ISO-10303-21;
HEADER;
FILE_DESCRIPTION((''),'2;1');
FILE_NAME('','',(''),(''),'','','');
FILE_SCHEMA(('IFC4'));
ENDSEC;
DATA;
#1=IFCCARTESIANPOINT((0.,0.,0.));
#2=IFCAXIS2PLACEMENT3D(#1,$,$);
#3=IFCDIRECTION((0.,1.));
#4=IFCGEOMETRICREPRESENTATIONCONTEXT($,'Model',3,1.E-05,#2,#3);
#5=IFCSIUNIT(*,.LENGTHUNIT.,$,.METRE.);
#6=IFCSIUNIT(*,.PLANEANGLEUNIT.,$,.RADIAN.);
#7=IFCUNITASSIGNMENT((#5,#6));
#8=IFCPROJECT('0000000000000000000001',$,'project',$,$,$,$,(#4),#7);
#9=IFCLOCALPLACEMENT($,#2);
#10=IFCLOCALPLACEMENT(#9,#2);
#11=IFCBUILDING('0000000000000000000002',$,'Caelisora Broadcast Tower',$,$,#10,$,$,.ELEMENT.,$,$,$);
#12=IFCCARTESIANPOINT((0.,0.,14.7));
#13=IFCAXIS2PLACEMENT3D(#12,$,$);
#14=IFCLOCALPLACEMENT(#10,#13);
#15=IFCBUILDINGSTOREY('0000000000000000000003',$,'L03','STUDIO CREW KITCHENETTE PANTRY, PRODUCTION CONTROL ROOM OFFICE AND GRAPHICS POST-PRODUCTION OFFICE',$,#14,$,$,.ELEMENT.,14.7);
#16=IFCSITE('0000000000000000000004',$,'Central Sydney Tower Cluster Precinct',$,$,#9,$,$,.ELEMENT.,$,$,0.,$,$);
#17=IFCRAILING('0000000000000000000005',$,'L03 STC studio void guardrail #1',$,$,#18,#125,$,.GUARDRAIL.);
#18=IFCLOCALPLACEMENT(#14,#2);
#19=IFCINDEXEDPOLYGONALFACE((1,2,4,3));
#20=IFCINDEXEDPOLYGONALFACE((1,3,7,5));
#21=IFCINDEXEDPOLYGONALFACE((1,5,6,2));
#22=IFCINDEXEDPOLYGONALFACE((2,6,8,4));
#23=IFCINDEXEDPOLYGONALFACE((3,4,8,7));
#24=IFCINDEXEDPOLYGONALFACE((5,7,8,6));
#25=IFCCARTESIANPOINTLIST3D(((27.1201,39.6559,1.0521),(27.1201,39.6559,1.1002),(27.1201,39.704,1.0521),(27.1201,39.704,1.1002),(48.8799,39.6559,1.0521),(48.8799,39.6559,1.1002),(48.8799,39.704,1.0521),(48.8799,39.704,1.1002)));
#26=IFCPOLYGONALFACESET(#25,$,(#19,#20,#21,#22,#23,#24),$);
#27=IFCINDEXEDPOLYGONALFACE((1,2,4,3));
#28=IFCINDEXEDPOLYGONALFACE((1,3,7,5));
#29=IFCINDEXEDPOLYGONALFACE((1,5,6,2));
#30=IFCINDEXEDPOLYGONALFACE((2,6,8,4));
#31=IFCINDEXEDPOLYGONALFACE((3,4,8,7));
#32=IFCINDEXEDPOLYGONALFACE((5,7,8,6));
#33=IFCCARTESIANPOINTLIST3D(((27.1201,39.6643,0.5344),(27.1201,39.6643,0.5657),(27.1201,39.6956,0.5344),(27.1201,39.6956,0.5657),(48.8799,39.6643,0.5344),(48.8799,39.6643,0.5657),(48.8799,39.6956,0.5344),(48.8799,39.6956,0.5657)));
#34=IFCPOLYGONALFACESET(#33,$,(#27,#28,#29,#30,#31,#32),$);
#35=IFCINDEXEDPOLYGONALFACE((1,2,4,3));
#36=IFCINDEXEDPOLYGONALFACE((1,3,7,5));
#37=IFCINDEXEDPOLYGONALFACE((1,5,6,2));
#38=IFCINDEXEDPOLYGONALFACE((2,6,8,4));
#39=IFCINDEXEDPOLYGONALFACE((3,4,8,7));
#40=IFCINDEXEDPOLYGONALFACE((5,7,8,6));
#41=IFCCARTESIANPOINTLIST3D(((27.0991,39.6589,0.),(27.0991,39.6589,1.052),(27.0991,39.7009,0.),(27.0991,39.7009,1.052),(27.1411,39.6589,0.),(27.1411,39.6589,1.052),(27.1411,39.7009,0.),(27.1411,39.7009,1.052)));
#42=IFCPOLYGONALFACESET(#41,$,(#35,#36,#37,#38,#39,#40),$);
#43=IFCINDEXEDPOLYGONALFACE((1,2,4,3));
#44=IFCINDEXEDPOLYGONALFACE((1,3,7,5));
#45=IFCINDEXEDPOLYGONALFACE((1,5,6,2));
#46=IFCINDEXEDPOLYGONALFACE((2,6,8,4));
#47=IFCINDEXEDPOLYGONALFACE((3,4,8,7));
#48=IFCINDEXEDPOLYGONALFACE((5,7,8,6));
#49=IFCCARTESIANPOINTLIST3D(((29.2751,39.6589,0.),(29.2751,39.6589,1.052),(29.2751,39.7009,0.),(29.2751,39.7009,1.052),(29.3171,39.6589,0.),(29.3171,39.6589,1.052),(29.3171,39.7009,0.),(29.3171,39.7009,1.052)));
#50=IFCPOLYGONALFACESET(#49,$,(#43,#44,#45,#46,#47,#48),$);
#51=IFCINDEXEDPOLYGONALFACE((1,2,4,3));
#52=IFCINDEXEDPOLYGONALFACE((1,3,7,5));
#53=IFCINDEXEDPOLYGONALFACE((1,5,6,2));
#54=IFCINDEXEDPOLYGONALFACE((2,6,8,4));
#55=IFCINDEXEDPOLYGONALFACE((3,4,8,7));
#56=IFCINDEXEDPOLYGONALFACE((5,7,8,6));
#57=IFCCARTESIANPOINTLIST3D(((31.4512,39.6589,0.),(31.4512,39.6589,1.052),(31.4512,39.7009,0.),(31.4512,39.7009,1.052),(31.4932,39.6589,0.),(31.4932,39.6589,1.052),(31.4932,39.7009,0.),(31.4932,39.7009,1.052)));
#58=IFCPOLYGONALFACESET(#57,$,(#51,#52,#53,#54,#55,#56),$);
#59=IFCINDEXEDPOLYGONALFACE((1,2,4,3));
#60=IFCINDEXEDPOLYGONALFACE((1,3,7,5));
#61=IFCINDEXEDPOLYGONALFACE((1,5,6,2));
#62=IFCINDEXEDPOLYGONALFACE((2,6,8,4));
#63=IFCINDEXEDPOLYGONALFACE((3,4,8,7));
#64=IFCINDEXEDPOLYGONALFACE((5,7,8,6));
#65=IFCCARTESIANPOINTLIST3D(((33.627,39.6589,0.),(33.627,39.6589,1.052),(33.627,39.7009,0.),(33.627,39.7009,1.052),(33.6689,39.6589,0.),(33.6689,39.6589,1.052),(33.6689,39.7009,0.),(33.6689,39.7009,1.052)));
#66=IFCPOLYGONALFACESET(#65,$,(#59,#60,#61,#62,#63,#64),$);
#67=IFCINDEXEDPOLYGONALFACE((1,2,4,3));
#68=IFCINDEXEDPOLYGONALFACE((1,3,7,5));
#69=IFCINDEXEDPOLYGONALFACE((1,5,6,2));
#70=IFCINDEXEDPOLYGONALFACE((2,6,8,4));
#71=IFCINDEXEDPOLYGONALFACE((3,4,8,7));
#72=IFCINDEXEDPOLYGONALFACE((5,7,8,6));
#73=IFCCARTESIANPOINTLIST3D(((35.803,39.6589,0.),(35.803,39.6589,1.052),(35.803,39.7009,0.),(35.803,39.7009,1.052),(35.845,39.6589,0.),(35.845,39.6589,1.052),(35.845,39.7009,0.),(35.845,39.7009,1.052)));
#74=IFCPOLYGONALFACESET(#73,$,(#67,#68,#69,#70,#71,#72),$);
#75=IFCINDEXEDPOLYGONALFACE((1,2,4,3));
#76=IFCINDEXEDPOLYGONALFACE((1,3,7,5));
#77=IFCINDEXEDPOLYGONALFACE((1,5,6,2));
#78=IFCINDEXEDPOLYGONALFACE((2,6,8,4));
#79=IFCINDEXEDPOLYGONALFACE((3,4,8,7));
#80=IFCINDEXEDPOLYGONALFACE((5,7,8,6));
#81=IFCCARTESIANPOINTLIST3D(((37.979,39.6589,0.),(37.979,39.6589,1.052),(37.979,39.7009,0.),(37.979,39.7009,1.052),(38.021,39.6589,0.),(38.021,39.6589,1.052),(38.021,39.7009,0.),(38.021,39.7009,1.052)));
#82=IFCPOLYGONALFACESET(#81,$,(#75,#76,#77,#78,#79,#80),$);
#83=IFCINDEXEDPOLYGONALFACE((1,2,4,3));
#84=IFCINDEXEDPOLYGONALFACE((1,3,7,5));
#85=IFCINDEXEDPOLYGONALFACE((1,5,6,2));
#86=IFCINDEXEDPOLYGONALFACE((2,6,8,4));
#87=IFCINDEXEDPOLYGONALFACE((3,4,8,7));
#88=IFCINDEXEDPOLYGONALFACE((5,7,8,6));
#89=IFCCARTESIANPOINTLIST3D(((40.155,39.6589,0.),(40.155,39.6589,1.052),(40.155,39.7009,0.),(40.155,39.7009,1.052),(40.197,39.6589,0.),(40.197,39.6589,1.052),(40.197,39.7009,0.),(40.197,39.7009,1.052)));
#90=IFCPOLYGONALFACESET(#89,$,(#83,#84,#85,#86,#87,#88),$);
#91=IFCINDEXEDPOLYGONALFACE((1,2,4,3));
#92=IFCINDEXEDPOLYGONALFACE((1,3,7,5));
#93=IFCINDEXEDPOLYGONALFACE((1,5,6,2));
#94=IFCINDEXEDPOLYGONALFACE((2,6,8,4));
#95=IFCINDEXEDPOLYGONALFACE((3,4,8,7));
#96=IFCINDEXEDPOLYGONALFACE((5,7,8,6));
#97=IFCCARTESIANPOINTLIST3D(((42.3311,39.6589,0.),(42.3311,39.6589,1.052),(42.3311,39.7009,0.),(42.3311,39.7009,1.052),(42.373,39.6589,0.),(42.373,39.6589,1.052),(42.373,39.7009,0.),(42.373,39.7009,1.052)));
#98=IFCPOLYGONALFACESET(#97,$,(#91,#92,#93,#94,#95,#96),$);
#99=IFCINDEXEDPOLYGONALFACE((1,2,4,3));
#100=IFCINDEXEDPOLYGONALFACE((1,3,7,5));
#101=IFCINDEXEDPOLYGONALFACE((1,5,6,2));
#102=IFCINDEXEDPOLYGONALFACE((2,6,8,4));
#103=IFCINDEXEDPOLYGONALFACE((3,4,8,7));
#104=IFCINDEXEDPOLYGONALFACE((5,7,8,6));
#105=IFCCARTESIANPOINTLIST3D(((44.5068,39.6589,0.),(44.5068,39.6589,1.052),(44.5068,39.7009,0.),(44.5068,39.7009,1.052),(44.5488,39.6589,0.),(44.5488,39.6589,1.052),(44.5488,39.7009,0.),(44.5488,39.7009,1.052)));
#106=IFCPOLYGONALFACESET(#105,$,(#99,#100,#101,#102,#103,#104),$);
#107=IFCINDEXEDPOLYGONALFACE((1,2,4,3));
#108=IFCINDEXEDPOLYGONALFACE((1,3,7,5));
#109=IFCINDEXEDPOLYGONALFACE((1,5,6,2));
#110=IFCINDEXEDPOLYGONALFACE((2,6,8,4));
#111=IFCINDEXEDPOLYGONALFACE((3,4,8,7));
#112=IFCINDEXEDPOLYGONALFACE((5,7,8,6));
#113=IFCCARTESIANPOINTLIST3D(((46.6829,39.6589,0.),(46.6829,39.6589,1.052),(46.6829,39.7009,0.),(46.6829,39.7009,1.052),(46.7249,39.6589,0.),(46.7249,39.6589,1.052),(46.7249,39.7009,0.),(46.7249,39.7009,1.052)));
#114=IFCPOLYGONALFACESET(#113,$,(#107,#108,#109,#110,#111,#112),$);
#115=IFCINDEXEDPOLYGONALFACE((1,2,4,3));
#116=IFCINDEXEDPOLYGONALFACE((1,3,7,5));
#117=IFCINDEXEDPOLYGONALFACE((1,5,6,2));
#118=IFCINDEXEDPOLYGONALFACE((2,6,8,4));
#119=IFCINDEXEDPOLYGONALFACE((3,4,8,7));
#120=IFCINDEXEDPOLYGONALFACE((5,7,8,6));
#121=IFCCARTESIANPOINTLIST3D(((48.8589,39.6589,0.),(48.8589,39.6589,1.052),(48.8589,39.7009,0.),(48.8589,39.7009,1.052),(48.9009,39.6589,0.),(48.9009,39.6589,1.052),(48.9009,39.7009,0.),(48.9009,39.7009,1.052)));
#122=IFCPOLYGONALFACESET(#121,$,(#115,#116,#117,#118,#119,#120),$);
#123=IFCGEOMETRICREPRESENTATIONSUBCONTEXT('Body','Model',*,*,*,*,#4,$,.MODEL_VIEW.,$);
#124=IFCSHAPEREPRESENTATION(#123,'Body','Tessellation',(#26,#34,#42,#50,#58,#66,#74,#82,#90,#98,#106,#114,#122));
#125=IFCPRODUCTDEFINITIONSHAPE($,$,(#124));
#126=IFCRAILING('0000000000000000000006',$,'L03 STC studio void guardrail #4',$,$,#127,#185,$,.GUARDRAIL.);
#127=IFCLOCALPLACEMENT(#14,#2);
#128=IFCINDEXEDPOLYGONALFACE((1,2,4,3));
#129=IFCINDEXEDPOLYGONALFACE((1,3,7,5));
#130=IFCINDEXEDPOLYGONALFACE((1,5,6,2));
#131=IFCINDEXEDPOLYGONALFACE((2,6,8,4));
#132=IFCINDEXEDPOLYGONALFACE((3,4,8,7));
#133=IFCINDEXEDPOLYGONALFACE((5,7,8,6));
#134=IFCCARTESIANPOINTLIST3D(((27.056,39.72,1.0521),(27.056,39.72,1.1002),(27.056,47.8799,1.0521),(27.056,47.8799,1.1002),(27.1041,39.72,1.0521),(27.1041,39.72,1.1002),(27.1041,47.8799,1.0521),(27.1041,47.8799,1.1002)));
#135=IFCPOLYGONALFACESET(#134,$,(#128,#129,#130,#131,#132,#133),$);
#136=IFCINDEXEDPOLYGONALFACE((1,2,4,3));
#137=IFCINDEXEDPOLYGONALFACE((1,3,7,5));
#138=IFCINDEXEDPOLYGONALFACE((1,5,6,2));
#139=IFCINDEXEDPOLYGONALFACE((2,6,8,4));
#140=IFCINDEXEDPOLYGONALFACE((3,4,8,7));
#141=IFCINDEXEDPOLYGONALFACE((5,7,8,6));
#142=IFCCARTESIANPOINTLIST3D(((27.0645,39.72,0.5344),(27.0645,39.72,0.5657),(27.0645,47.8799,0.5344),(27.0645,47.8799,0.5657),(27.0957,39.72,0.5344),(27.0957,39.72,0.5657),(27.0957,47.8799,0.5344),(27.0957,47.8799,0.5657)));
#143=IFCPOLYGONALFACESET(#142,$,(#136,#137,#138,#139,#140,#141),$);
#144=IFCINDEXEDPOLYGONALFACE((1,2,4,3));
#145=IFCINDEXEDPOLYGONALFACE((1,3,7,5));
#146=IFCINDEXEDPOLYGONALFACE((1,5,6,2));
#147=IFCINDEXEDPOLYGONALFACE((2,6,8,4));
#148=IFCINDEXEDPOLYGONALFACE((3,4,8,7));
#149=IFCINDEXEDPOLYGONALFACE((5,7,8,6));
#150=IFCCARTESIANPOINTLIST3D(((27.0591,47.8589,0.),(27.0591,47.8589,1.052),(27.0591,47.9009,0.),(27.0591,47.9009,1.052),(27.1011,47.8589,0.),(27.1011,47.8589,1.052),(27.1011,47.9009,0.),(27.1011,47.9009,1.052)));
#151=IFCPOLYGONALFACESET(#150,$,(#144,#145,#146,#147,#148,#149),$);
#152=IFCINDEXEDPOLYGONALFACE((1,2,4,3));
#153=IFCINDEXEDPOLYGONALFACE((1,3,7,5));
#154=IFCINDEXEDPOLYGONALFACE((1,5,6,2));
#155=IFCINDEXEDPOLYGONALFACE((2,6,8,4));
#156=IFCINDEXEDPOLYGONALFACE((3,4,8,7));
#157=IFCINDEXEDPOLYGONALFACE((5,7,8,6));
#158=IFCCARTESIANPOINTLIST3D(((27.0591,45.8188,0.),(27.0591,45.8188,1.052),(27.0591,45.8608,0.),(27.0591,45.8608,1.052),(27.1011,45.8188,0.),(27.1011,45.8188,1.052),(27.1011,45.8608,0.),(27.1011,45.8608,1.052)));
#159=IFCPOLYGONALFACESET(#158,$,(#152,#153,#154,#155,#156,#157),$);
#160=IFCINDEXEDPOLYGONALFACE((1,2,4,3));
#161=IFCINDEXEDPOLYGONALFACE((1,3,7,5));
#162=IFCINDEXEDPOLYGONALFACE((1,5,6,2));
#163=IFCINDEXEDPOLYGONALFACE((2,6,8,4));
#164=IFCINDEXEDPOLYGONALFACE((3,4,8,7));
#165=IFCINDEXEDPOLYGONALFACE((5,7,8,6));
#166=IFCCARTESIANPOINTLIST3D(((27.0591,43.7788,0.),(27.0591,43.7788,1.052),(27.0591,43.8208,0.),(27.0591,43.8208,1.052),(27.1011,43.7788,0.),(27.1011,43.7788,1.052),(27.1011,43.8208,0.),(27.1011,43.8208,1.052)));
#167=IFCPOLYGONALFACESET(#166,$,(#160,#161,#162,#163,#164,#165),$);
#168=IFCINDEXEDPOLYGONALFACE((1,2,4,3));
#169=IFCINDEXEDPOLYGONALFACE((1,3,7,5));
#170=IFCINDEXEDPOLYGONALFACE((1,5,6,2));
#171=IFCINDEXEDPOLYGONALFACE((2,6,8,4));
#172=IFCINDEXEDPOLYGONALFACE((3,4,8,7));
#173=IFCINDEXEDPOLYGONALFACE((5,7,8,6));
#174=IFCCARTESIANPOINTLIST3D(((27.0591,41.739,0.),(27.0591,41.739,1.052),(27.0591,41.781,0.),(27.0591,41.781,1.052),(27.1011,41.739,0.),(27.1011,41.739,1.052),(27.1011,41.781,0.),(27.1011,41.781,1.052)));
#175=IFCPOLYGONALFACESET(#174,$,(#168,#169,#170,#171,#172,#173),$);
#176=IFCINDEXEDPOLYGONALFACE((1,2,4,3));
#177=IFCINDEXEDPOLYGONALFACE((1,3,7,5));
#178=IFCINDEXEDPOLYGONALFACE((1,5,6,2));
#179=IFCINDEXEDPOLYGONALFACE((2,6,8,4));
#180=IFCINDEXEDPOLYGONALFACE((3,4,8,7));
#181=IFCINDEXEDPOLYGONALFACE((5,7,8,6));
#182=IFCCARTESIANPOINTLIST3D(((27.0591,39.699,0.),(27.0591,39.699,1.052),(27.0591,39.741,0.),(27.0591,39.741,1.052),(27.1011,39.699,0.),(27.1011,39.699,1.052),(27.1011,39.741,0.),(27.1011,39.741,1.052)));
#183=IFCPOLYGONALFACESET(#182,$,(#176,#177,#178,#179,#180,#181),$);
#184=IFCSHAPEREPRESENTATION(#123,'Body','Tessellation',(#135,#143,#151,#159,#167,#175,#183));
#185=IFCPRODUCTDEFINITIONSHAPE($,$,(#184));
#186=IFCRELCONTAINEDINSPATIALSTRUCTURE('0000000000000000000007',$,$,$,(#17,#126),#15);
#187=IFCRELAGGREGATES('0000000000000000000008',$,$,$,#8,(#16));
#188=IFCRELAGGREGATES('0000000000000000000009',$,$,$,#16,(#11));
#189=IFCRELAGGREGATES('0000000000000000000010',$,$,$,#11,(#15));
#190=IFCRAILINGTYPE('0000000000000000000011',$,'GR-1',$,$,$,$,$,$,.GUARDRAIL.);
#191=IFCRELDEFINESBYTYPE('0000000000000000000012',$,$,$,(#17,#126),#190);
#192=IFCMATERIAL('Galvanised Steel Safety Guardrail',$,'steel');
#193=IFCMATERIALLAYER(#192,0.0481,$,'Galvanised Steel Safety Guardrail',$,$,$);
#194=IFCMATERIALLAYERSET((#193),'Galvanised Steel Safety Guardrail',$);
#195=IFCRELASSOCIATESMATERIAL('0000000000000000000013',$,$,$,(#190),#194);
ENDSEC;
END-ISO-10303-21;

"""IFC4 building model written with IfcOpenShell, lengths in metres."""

from ifc_helpers import new_model, si_unit, direction, frame, origin, origin_2d, place, context, subcontext, project, spatial, rectangle, extrude, material, layer, layer_set, type_object, element, save


model = new_model("IFC4")

# Units and contexts
model_context = context("Model", 3, precision=1e-05, world=origin(), true_north=direction((0.0, 1.0)))
body_context = subcontext(model_context, "Body", "Model", "MODEL_VIEW")
ifc_project = project(units=[si_unit("LENGTHUNIT", "METRE"), si_unit("PLANEANGLEUNIT", "RADIAN")], contexts=[model_context])

# Site, building, storey
site_placement = place(None, origin())
site = spatial("IfcSite", under=ifc_project, at=site_placement, Name="Central Sydney Tower Cluster Precinct", CompositionType="ELEMENT", RefElevation=0.0)
building_placement = place(site_placement, origin())
building = spatial("IfcBuilding", under=site, at=building_placement, Name="Caelisora Broadcast Tower", CompositionType="ELEMENT")
storey_placement = place(building_placement, frame((0.0, 0.0, 14.7)))
storey = spatial("IfcBuildingStorey", under=building, at=storey_placement, Name="L03", Description="STUDIO CREW KITCHENETTE PANTRY, PRODUCTION CONTROL ROOM OFFICE AND GRAPHICS POST-PRODUCTION OFFICE", CompositionType="ELEMENT", Elevation=14.7)

# Railings
ifc_material_1 = material(Name="Galvanised Steel Safety Guardrail", Category="steel")
ifc_layer_1 = layer(ifc_material_1, 0.0481, Name="Galvanised Steel Safety Guardrail")
ifc_layer_set_1 = layer_set([ifc_layer_1], Name="Galvanised Steel Safety Guardrail")
railing_type = type_object("IfcRailingType", Name="GR-1", PredefinedType="GUARDRAIL", material=ifc_layer_set_1)
railing_1_placement = place(storey_placement, frame((27.1201, 39.6799, 0.0)))
element("IfcRailing", 1, at=railing_1_placement, inside=storey, type_object=railing_type, Name="L03 STC studio void guardrail #1", PredefinedType="GUARDRAIL", context=body_context, shape_type="SweptSolid", body=[
    extrude(rectangle(XDim=0.0481, YDim=0.0481, at=origin_2d()), frame((0.0, 0.0, 1.0762), z_axis=(1.0, 0.0, 0.0), x_axis=(0.0, 1.0, 0.0)), (0.0, 0.0, 1.0), 21.7598),
    extrude(rectangle(XDim=0.0312, YDim=0.0312, at=origin_2d()), frame((0.0, 0.0, 0.55), z_axis=(1.0, 0.0, 0.0), x_axis=(0.0, 1.0, 0.0)), (0.0, 0.0, 1.0), 21.7598),
    extrude(rectangle(XDim=0.042, YDim=0.042, at=origin_2d()), origin(), (0.0, 0.0, 1.0), 1.052),
    extrude(rectangle(XDim=0.042, YDim=0.042, at=origin_2d()), frame((2.176, 0.0, 0.0)), (0.0, 0.0, 1.0), 1.052),
    extrude(rectangle(XDim=0.042, YDim=0.042, at=origin_2d()), frame((4.3521, 0.0, 0.0)), (0.0, 0.0, 1.0), 1.052),
    extrude(rectangle(XDim=0.042, YDim=0.042, at=origin_2d()), frame((6.5278, 0.0, 0.0)), (0.0, 0.0, 1.0), 1.052),
    extrude(rectangle(XDim=0.042, YDim=0.042, at=origin_2d()), frame((8.7039, 0.0, 0.0)), (0.0, 0.0, 1.0), 1.052),
    extrude(rectangle(XDim=0.042, YDim=0.042, at=origin_2d()), frame((10.8799, 0.0, 0.0)), (0.0, 0.0, 1.0), 1.052),
    extrude(rectangle(XDim=0.042, YDim=0.042, at=origin_2d()), frame((13.0559, 0.0, 0.0)), (0.0, 0.0, 1.0), 1.052),
    extrude(rectangle(XDim=0.042, YDim=0.042, at=origin_2d()), frame((15.2319, 0.0, 0.0)), (0.0, 0.0, 1.0), 1.052),
    extrude(rectangle(XDim=0.042, YDim=0.042, at=origin_2d()), frame((17.4077, 0.0, 0.0)), (0.0, 0.0, 1.0), 1.052),
    extrude(rectangle(XDim=0.042, YDim=0.042, at=origin_2d()), frame((19.5837, 0.0, 0.0)), (0.0, 0.0, 1.0), 1.052),
    extrude(rectangle(XDim=0.042, YDim=0.042, at=origin_2d()), frame((21.7598, 0.0, 0.0)), (0.0, 0.0, 1.0), 1.052),
])
railing_2_placement = place(storey_placement, frame((27.0801, 47.8799, 0.0)))
element("IfcRailing", 2, at=railing_2_placement, inside=storey, type_object=railing_type, Name="L03 STC studio void guardrail #4", PredefinedType="GUARDRAIL", context=body_context, shape_type="SweptSolid", body=[
    extrude(rectangle(XDim=0.0481, YDim=0.0481, at=origin_2d()), frame((0.0, 0.0, 1.0762), z_axis=(0.0, -1.0, 0.0), x_axis=(1.0, 0.0, 0.0)), (0.0, 0.0, 1.0), 8.1599),
    extrude(rectangle(XDim=0.0312, YDim=0.0312, at=origin_2d()), frame((0.0, 0.0, 0.55), z_axis=(0.0, -1.0, 0.0), x_axis=(1.0, 0.0, 0.0)), (0.0, 0.0, 1.0), 8.1599),
    extrude(rectangle(XDim=0.042, YDim=0.042, at=origin_2d()), origin(), (0.0, 0.0, 1.0), 1.052),
    extrude(rectangle(XDim=0.042, YDim=0.042, at=origin_2d()), frame((0.0, -2.04, 0.0)), (0.0, 0.0, 1.0), 1.052),
    extrude(rectangle(XDim=0.042, YDim=0.042, at=origin_2d()), frame((0.0, -4.0801, 0.0)), (0.0, 0.0, 1.0), 1.052),
    extrude(rectangle(XDim=0.042, YDim=0.042, at=origin_2d()), frame((0.0, -6.1199, 0.0)), (0.0, 0.0, 1.0), 1.052),
    extrude(rectangle(XDim=0.042, YDim=0.042, at=origin_2d()), frame((0.0, -8.1599, 0.0)), (0.0, 0.0, 1.0), 1.052),
])

save(model, "model.ifc")
